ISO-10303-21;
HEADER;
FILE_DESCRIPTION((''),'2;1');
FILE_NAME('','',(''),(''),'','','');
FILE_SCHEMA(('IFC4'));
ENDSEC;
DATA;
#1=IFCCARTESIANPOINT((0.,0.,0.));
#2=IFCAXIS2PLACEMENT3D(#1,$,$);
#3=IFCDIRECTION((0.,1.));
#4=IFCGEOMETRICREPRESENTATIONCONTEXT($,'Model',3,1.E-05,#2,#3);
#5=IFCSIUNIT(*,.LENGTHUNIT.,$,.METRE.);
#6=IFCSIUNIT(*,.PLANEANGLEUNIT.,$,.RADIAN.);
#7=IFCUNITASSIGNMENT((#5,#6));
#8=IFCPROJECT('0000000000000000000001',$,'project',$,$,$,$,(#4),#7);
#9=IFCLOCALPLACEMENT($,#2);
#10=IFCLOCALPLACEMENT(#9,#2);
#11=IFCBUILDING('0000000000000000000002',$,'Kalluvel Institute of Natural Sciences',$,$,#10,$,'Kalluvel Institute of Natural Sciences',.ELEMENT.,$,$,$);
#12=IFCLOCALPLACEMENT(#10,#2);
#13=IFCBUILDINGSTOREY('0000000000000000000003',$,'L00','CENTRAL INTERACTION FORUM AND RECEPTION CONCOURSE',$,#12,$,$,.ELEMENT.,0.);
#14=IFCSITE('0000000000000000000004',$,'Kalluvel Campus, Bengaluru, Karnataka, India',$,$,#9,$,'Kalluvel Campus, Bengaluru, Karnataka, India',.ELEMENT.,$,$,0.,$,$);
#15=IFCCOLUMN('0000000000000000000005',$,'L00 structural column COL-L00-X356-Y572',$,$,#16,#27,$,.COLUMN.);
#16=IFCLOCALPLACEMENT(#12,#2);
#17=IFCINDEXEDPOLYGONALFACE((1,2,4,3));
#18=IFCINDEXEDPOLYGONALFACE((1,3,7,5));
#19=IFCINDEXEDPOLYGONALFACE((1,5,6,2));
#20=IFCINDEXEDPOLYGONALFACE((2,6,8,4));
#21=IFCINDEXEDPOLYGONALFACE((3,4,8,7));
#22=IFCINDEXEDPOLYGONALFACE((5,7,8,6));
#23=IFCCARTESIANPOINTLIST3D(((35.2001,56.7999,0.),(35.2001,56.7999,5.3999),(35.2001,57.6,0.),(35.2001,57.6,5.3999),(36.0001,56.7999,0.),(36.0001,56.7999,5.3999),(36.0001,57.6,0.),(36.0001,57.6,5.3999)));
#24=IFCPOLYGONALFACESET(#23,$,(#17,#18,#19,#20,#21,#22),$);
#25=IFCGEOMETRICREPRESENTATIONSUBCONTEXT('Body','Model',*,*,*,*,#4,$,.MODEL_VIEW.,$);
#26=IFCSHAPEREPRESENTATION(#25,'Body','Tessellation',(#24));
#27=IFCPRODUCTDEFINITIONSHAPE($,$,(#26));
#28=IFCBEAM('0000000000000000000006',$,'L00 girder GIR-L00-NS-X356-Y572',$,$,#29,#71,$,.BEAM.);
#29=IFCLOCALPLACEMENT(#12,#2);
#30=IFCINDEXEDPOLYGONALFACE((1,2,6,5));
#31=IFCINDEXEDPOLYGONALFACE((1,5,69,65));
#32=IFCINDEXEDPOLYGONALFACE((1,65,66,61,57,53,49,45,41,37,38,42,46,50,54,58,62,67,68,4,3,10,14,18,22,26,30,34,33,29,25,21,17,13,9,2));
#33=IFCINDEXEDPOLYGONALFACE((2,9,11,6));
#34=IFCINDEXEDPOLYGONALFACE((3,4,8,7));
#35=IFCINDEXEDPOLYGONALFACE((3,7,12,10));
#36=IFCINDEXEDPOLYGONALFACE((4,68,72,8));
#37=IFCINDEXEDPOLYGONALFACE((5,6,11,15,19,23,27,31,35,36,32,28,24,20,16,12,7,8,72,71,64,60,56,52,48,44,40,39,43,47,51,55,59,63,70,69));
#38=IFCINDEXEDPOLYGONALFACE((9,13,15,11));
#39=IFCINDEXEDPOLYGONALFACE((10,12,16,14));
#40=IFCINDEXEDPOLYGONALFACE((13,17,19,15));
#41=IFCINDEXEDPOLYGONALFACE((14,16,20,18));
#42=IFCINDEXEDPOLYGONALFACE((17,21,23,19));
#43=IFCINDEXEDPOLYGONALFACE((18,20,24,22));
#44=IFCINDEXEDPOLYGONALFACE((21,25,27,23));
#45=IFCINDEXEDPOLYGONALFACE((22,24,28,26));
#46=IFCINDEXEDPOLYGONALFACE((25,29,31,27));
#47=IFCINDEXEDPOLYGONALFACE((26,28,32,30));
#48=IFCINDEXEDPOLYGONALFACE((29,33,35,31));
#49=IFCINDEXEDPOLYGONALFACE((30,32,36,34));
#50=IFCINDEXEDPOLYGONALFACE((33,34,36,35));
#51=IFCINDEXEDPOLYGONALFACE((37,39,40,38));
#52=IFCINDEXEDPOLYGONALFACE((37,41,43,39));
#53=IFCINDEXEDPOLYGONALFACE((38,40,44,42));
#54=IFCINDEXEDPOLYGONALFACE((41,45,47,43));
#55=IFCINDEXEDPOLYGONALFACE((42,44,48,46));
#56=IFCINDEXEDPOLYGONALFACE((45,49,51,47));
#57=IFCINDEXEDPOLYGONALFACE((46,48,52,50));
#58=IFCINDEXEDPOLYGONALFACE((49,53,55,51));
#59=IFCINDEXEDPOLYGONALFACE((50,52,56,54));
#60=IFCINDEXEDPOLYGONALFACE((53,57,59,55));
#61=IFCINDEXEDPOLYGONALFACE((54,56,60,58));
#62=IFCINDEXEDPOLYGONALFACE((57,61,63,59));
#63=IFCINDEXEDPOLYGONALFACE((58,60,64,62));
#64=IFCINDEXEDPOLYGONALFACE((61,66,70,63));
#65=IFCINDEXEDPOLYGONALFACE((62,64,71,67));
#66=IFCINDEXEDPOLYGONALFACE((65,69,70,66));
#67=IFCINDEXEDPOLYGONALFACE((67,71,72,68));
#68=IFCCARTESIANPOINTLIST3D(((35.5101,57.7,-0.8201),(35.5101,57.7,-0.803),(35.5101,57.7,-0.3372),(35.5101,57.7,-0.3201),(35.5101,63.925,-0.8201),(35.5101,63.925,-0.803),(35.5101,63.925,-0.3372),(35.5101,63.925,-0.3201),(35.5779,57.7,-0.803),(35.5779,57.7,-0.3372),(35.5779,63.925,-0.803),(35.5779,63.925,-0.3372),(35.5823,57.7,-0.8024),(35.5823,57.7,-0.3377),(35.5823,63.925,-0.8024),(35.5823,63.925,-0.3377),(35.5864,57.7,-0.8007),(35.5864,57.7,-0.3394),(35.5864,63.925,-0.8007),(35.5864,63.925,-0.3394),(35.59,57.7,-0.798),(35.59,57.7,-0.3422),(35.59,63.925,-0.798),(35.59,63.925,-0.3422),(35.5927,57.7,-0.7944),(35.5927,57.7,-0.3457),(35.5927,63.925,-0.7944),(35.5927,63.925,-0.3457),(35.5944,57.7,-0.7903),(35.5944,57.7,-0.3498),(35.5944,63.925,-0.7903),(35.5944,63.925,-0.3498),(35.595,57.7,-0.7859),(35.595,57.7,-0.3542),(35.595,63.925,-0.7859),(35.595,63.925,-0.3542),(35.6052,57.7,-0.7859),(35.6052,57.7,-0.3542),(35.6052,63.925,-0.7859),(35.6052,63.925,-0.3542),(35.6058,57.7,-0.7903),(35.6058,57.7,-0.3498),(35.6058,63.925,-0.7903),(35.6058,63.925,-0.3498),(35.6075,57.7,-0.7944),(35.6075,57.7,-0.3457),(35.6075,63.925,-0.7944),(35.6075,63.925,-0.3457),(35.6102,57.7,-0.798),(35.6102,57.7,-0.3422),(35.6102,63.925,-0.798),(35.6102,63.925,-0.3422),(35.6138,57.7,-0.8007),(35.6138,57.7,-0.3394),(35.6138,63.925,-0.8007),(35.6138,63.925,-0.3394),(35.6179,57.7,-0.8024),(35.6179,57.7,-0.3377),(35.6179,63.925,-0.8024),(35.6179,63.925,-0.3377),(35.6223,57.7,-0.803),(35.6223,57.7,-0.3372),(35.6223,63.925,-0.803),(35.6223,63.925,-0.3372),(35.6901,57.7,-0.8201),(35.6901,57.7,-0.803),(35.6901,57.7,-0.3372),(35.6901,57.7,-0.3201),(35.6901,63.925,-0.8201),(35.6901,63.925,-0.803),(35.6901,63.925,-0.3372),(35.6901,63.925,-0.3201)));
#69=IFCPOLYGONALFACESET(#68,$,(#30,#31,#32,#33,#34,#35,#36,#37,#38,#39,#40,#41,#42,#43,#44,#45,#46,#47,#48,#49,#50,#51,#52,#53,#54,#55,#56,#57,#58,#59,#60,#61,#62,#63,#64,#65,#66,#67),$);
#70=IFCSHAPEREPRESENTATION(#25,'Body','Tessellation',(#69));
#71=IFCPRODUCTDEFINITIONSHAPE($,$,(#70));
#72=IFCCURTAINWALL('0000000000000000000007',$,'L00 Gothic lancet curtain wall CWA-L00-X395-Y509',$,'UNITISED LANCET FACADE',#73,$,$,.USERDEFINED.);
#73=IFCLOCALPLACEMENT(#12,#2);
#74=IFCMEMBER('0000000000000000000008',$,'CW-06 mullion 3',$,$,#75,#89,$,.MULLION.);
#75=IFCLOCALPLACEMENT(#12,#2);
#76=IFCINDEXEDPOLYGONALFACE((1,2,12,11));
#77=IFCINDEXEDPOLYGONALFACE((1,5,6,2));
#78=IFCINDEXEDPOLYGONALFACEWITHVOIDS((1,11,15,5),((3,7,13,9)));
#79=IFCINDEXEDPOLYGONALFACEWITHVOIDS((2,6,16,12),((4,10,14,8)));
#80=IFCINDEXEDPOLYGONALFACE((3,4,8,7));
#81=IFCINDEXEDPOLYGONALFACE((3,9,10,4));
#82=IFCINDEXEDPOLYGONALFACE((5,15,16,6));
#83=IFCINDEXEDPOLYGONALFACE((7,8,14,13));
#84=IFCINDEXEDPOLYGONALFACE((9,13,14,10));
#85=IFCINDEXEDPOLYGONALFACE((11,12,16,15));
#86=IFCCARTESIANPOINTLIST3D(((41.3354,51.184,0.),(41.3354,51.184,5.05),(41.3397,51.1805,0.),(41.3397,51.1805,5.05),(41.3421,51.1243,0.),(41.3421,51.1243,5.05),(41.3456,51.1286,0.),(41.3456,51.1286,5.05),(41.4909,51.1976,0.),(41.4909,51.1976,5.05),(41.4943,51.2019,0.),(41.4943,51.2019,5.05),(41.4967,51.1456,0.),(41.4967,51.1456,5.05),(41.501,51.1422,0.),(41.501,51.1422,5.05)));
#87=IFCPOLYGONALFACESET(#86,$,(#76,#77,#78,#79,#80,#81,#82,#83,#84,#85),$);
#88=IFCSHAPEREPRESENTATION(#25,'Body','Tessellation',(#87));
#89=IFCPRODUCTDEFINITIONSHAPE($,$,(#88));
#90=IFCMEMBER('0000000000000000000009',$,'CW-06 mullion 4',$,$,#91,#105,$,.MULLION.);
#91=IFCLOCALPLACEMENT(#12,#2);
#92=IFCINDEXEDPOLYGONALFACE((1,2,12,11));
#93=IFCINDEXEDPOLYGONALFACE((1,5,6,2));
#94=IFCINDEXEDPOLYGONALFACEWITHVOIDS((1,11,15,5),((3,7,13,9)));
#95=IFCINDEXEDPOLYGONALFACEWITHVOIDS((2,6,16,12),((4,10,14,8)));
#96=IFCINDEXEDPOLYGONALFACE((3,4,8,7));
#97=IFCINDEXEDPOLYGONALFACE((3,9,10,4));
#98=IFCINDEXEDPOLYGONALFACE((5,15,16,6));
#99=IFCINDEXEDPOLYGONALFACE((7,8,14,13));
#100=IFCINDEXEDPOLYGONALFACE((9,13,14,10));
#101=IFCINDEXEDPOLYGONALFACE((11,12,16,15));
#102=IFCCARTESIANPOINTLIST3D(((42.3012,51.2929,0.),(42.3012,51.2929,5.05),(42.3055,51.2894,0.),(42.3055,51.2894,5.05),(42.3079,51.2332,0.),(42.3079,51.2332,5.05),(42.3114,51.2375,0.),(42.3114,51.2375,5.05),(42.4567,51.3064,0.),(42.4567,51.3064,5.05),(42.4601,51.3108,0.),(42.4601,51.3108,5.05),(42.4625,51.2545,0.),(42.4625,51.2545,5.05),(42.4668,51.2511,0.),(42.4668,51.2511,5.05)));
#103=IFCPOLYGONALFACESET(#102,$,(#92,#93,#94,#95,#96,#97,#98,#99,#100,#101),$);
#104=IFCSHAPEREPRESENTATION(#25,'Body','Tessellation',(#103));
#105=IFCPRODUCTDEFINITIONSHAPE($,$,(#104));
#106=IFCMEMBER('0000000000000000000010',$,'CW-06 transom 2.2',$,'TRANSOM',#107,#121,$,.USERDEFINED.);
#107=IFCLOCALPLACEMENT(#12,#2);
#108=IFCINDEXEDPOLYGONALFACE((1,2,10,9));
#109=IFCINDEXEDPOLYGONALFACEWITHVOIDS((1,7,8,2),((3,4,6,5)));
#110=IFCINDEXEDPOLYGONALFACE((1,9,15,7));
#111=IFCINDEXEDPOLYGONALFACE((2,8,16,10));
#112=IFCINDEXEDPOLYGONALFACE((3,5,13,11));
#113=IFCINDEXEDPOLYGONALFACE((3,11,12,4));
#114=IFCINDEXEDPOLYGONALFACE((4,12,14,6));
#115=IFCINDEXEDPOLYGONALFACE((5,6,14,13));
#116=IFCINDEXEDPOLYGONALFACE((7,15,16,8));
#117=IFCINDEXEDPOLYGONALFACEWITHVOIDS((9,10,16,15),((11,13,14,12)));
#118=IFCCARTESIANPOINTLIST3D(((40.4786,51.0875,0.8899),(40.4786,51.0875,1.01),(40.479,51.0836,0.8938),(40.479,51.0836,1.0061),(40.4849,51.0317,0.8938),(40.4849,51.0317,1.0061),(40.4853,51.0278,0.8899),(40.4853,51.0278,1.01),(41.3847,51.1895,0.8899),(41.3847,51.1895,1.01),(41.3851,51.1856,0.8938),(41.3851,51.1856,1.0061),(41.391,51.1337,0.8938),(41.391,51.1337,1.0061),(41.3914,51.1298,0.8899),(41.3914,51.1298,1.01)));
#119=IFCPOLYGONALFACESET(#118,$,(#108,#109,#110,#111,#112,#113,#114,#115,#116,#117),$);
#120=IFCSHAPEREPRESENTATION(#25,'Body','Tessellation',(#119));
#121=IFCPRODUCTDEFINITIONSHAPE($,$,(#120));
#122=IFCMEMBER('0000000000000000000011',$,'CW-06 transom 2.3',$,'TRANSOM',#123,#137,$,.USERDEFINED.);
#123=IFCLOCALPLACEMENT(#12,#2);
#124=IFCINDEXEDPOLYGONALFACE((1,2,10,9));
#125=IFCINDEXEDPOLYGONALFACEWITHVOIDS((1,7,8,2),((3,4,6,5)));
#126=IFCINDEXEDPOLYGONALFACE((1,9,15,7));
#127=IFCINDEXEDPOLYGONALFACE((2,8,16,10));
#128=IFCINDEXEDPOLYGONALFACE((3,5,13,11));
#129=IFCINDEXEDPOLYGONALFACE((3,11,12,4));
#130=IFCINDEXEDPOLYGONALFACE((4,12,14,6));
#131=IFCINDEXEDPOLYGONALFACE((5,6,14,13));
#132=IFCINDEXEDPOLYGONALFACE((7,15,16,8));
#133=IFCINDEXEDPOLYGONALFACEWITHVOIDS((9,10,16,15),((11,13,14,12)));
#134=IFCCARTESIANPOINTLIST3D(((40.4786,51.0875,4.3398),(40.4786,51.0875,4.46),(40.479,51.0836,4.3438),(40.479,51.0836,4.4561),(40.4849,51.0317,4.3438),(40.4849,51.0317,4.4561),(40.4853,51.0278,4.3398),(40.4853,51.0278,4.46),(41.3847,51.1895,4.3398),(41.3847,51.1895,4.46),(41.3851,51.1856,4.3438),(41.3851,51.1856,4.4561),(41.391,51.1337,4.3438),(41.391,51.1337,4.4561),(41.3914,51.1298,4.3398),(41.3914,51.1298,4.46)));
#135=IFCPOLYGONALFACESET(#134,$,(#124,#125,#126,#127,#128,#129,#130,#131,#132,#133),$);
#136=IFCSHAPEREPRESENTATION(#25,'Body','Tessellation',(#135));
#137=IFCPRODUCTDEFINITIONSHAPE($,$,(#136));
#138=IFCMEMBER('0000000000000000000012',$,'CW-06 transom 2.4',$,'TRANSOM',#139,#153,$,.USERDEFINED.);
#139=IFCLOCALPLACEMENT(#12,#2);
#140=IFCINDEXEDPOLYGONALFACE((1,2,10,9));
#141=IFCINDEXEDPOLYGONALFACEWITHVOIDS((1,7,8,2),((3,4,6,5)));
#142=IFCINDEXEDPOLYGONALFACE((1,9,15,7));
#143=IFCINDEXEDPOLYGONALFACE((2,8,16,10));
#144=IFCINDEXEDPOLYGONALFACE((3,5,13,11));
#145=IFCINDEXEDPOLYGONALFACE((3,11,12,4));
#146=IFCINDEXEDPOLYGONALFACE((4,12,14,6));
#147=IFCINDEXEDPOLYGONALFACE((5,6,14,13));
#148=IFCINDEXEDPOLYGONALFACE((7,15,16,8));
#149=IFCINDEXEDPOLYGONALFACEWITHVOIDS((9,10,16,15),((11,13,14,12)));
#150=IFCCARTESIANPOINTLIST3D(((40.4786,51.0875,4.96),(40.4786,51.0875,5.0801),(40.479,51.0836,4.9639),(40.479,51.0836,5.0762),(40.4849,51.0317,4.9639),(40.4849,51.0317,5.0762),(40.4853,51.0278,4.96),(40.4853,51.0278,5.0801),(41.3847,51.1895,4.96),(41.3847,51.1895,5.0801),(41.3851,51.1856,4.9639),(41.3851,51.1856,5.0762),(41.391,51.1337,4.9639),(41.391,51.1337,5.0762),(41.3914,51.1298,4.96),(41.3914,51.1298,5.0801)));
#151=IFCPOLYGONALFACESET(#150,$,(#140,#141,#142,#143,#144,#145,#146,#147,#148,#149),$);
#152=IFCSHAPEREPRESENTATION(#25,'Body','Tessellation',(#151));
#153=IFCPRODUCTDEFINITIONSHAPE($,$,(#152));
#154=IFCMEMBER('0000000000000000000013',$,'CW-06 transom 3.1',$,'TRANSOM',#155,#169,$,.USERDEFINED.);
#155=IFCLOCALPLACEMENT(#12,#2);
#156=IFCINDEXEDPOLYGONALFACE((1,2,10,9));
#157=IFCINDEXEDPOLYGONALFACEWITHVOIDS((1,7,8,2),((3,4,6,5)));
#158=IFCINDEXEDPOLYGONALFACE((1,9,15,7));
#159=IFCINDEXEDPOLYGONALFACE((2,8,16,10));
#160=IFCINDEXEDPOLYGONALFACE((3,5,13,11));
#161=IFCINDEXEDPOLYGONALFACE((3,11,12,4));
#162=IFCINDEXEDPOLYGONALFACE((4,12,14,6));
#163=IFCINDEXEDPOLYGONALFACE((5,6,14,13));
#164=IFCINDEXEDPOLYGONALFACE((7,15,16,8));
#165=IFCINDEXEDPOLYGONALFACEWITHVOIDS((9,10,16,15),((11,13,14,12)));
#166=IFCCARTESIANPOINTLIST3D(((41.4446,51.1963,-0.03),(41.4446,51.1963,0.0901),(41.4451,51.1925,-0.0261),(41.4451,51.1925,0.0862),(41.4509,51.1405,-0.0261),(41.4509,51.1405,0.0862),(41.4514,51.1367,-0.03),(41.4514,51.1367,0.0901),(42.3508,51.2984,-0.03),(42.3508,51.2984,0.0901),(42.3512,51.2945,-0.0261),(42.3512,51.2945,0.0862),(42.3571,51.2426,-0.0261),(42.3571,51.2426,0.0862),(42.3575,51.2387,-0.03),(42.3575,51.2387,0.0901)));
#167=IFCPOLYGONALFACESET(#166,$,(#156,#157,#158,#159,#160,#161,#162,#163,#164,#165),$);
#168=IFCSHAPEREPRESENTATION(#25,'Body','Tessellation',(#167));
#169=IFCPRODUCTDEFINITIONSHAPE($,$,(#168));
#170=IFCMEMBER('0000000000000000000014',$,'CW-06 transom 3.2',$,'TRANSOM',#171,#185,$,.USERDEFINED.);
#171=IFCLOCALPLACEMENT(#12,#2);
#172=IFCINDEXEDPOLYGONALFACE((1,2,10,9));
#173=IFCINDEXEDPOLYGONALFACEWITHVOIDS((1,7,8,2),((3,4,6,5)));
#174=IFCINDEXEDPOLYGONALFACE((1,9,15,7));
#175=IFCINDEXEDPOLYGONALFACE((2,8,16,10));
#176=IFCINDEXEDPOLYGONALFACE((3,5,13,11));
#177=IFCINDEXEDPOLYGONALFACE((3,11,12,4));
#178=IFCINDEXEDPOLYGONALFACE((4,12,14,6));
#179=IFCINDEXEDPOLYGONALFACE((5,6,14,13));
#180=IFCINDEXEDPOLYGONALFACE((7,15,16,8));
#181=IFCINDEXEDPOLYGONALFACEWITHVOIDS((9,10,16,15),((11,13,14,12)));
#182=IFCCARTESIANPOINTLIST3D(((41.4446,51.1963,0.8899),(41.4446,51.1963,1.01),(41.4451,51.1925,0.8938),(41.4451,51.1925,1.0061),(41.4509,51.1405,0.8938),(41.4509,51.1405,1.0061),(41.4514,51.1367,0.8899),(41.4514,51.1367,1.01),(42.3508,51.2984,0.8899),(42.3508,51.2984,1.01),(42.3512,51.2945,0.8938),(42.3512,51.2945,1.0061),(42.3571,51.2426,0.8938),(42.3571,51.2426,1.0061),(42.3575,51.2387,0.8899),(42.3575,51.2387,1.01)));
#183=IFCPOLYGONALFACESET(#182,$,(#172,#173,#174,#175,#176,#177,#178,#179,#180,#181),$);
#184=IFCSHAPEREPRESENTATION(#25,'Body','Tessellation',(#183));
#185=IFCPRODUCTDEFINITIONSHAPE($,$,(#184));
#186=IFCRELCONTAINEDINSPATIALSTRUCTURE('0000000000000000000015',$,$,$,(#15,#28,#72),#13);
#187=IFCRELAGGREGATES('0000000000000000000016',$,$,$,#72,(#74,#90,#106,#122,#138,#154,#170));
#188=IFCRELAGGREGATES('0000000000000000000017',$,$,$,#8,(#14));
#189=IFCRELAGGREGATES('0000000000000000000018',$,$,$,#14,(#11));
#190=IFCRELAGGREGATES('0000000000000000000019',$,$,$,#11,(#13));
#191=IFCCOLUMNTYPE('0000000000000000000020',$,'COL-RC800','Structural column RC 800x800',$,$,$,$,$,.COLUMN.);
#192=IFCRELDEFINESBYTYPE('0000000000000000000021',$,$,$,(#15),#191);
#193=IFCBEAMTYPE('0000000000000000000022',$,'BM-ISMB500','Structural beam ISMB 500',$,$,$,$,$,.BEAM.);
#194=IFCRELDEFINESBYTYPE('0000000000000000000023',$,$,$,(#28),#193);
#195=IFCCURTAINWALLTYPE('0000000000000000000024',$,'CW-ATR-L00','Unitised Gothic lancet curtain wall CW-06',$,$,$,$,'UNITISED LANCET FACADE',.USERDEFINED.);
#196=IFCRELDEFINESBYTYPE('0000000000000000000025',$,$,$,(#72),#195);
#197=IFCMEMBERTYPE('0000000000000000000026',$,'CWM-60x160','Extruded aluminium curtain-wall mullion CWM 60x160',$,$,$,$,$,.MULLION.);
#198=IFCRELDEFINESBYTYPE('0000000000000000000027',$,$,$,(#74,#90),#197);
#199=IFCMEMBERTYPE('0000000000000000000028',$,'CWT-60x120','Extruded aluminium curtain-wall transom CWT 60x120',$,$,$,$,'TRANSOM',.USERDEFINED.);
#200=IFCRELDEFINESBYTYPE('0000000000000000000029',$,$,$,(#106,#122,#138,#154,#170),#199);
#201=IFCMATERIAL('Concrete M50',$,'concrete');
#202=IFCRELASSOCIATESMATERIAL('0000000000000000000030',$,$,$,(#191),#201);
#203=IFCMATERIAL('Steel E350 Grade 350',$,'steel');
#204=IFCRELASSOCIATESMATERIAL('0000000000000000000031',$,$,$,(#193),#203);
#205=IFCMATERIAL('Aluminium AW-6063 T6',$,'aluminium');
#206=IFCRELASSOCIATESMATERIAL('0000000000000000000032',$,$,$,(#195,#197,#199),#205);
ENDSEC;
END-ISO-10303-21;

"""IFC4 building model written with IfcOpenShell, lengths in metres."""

from ifc_helpers import new_model, si_unit, direction, frame, origin, origin_2d, place, context, subcontext, project, spatial, rectangle, hollow_rectangle, i_section, extrude, material, material_profile, profile_set, type_object, element, aggregate, save


model = new_model("IFC4")

# Units and contexts
model_context = context("Model", 3, precision=1e-05, world=origin(), true_north=direction((0.0, 1.0)))
body_context = subcontext(model_context, "Body", "Model", "MODEL_VIEW")
ifc_project = project(units=[si_unit("LENGTHUNIT", "METRE"), si_unit("PLANEANGLEUNIT", "RADIAN")], contexts=[model_context])

# Site, building, storey
site_placement = place(None, origin())
site = spatial("IfcSite", under=ifc_project, at=site_placement, Name="Kalluvel Campus, Bengaluru, Karnataka, India", LongName="Kalluvel Campus, Bengaluru, Karnataka, India", CompositionType="ELEMENT", RefElevation=0.0)
building_placement = place(site_placement, origin())
building = spatial("IfcBuilding", under=site, at=building_placement, Name="Kalluvel Institute of Natural Sciences", LongName="Kalluvel Institute of Natural Sciences", CompositionType="ELEMENT")
storey_placement = place(building_placement, origin())
storey = spatial("IfcBuildingStorey", under=building, at=storey_placement, Name="L00", Description="CENTRAL INTERACTION FORUM AND RECEPTION CONCOURSE", CompositionType="ELEMENT", Elevation=0.0)

# Column
ifc_material_1 = material(Name="Concrete M50", Category="concrete")
ifc_material_profile_1 = material_profile(ifc_material_1, rectangle(XDim=0.8, YDim=0.8, at=origin_2d()), Name="RC 800x800")
ifc_profile_set_1 = profile_set([ifc_material_profile_1], Name="Concrete M50")
column_type = type_object("IfcColumnType", Name="COL-RC800", Description="Structural column RC 800x800", PredefinedType="COLUMN", material=ifc_profile_set_1)
column_placement = place(storey_placement, frame((35.6001, 57.2, 0.0), z_axis=(0.0, 0.0, 1.0), x_axis=(1.0, 0.0, 0.0)))
element("IfcColumn", 1, at=column_placement, inside=storey, type_object=column_type, Name="L00 structural column COL-L00-X356-Y572", PredefinedType="COLUMN", context=body_context, shape_type="SweptSolid", body=[
    extrude(rectangle(XDim=0.8, YDim=0.8, at=origin_2d()), origin(), (0.0, 0.0, 1.0), 5.3999),
])

# Beam
ifc_material_2 = material(Name="Steel E350 Grade 350", Category="steel")
ifc_material_profile_2 = material_profile(ifc_material_2, i_section(OverallWidth=0.1799, OverallDepth=0.5, WebThickness=0.0103, FlangeThickness=0.0171, FilletRadius=0.0171, at=origin_2d()), Name="ISMB 500")
ifc_profile_set_2 = profile_set([ifc_material_profile_2], Name="Steel E350 Grade 350")
beam_type = type_object("IfcBeamType", Name="BM-ISMB500", Description="Structural beam ISMB 500", PredefinedType="BEAM", material=ifc_profile_set_2)
beam_placement = place(storey_placement, frame((35.6001, 57.7, -0.5701), z_axis=(0.0, 1.0, 0.0), x_axis=(-1.0, 0.0, 0.0)))
element("IfcBeam", 2, at=beam_placement, inside=storey, type_object=beam_type, Name="L00 girder GIR-L00-NS-X356-Y572", PredefinedType="BEAM", context=body_context, shape_type="SweptSolid", body=[
    extrude(i_section(OverallWidth=0.1799, OverallDepth=0.5, WebThickness=0.0103, FlangeThickness=0.0171, FilletRadius=0.0171, at=origin_2d()), origin(), (0.0, 0.0, 1.0), 6.2251),
])

# Curtain wall, members
ifc_material_3 = material(Name="Aluminium AW-6063 T6", Category="aluminium")
curtain_wall_type = type_object("IfcCurtainWallType", Name="CW-ATR-L00", Description="Unitised Gothic lancet curtain wall CW-06", ElementType="UNITISED LANCET FACADE", PredefinedType="USERDEFINED", material=ifc_material_3)
curtain_wall_placement = place(storey_placement, origin())
curtain_wall = element("IfcCurtainWall", 3, at=curtain_wall_placement, inside=storey, type_object=curtain_wall_type, Name="L00 Gothic lancet curtain wall CWA-L00-X395-Y509", ObjectType="UNITISED LANCET FACADE", PredefinedType="USERDEFINED")
ifc_material_profile_3 = material_profile(ifc_material_3, hollow_rectangle(XDim=0.0601, YDim=0.1599, WallThickness=0.0039, at=origin_2d()), Name="CWM 60x160")
ifc_profile_set_3 = profile_set([ifc_material_profile_3], Name="Aluminium AW-6063 T6")
member_type_1 = type_object("IfcMemberType", Name="CWM-60x160", Description="Extruded aluminium curtain-wall mullion CWM 60x160", PredefinedType="MULLION", material=ifc_profile_set_3)
member_1_placement = place(storey_placement, frame((41.4182, 51.1631, 0.0), z_axis=(0.0, 0.0, 1.0), x_axis=(-0.111967, 0.993712, 0.0)))
member_1 = element("IfcMember", 4, at=member_1_placement, type_object=member_type_1, Name="CW-06 mullion 3", PredefinedType="MULLION", context=body_context, shape_type="SweptSolid", body=[
    extrude(hollow_rectangle(XDim=0.0601, YDim=0.1599, WallThickness=0.0039, at=origin_2d()), origin(), (0.0, 0.0, 1.0), 5.05),
])
member_2_placement = place(storey_placement, frame((42.384, 51.272, 0.0), z_axis=(0.0, 0.0, 1.0), x_axis=(-0.111967, 0.993712, 0.0)))
member_2 = element("IfcMember", 5, at=member_2_placement, type_object=member_type_1, Name="CW-06 mullion 4", PredefinedType="MULLION", context=body_context, shape_type="SweptSolid", body=[
    extrude(hollow_rectangle(XDim=0.0601, YDim=0.1599, WallThickness=0.0039, at=origin_2d()), origin(), (0.0, 0.0, 1.0), 5.05),
])
ifc_material_profile_4 = material_profile(ifc_material_3, hollow_rectangle(XDim=0.0601, YDim=0.1201, WallThickness=0.0039, at=origin_2d()), Name="CWT 60x120")
ifc_profile_set_4 = profile_set([ifc_material_profile_4], Name="Aluminium AW-6063 T6")
member_type_2 = type_object("IfcMemberType", Name="CWT-60x120", Description="Extruded aluminium curtain-wall transom CWT 60x120", ElementType="TRANSOM", PredefinedType="USERDEFINED", material=ifc_profile_set_4)
member_3_placement = place(storey_placement, frame((40.4819, 51.0576, 0.95), z_axis=(0.993719, 0.111901, 0.0), x_axis=(-0.111901, 0.993719, 0.0)))
member_3 = element("IfcMember", 6, at=member_3_placement, type_object=member_type_2, Name="CW-06 transom 2.2", ObjectType="TRANSOM", PredefinedType="USERDEFINED", context=body_context, shape_type="SweptSolid", body=[
    extrude(hollow_rectangle(XDim=0.0601, YDim=0.1201, WallThickness=0.0039, at=origin_2d()), origin(), (0.0, 0.0, 1.0), 0.9119),
])
member_4_placement = place(storey_placement, frame((40.4819, 51.0576, 4.3999), z_axis=(0.993719, 0.111901, 0.0), x_axis=(-0.111901, 0.993719, 0.0)))
member_4 = element("IfcMember", 7, at=member_4_placement, type_object=member_type_2, Name="CW-06 transom 2.3", ObjectType="TRANSOM", PredefinedType="USERDEFINED", context=body_context, shape_type="SweptSolid", body=[
    extrude(hollow_rectangle(XDim=0.0601, YDim=0.1201, WallThickness=0.0039, at=origin_2d()), origin(), (0.0, 0.0, 1.0), 0.9119),
])
member_5_placement = place(storey_placement, frame((40.4819, 51.0576, 5.02), z_axis=(0.993719, 0.111901, 0.0), x_axis=(-0.111901, 0.993719, 0.0)))
member_5 = element("IfcMember", 8, at=member_5_placement, type_object=member_type_2, Name="CW-06 transom 2.4", ObjectType="TRANSOM", PredefinedType="USERDEFINED", context=body_context, shape_type="SweptSolid", body=[
    extrude(hollow_rectangle(XDim=0.0601, YDim=0.1201, WallThickness=0.0039, at=origin_2d()), origin(), (0.0, 0.0, 1.0), 0.9119),
])
member_6_placement = place(storey_placement, frame((41.448, 51.1665, 0.03), z_axis=(0.993719, 0.111901, 0.0), x_axis=(-0.111901, 0.993719, 0.0)))
member_6 = element("IfcMember", 9, at=member_6_placement, type_object=member_type_2, Name="CW-06 transom 3.1", ObjectType="TRANSOM", PredefinedType="USERDEFINED", context=body_context, shape_type="SweptSolid", body=[
    extrude(hollow_rectangle(XDim=0.0601, YDim=0.1201, WallThickness=0.0039, at=origin_2d()), origin(), (0.0, 0.0, 1.0), 0.9119),
])
member_7_placement = place(storey_placement, frame((41.448, 51.1665, 0.95), z_axis=(0.993719, 0.111901, 0.0), x_axis=(-0.111901, 0.993719, 0.0)))
member_7 = element("IfcMember", 10, at=member_7_placement, type_object=member_type_2, Name="CW-06 transom 3.2", ObjectType="TRANSOM", PredefinedType="USERDEFINED", context=body_context, shape_type="SweptSolid", body=[
    extrude(hollow_rectangle(XDim=0.0601, YDim=0.1201, WallThickness=0.0039, at=origin_2d()), origin(), (0.0, 0.0, 1.0), 0.9119),
])
aggregate(curtain_wall, [member_1, member_2, member_3, member_4, member_5, member_6, member_7])

save(model, "model.ifc")
